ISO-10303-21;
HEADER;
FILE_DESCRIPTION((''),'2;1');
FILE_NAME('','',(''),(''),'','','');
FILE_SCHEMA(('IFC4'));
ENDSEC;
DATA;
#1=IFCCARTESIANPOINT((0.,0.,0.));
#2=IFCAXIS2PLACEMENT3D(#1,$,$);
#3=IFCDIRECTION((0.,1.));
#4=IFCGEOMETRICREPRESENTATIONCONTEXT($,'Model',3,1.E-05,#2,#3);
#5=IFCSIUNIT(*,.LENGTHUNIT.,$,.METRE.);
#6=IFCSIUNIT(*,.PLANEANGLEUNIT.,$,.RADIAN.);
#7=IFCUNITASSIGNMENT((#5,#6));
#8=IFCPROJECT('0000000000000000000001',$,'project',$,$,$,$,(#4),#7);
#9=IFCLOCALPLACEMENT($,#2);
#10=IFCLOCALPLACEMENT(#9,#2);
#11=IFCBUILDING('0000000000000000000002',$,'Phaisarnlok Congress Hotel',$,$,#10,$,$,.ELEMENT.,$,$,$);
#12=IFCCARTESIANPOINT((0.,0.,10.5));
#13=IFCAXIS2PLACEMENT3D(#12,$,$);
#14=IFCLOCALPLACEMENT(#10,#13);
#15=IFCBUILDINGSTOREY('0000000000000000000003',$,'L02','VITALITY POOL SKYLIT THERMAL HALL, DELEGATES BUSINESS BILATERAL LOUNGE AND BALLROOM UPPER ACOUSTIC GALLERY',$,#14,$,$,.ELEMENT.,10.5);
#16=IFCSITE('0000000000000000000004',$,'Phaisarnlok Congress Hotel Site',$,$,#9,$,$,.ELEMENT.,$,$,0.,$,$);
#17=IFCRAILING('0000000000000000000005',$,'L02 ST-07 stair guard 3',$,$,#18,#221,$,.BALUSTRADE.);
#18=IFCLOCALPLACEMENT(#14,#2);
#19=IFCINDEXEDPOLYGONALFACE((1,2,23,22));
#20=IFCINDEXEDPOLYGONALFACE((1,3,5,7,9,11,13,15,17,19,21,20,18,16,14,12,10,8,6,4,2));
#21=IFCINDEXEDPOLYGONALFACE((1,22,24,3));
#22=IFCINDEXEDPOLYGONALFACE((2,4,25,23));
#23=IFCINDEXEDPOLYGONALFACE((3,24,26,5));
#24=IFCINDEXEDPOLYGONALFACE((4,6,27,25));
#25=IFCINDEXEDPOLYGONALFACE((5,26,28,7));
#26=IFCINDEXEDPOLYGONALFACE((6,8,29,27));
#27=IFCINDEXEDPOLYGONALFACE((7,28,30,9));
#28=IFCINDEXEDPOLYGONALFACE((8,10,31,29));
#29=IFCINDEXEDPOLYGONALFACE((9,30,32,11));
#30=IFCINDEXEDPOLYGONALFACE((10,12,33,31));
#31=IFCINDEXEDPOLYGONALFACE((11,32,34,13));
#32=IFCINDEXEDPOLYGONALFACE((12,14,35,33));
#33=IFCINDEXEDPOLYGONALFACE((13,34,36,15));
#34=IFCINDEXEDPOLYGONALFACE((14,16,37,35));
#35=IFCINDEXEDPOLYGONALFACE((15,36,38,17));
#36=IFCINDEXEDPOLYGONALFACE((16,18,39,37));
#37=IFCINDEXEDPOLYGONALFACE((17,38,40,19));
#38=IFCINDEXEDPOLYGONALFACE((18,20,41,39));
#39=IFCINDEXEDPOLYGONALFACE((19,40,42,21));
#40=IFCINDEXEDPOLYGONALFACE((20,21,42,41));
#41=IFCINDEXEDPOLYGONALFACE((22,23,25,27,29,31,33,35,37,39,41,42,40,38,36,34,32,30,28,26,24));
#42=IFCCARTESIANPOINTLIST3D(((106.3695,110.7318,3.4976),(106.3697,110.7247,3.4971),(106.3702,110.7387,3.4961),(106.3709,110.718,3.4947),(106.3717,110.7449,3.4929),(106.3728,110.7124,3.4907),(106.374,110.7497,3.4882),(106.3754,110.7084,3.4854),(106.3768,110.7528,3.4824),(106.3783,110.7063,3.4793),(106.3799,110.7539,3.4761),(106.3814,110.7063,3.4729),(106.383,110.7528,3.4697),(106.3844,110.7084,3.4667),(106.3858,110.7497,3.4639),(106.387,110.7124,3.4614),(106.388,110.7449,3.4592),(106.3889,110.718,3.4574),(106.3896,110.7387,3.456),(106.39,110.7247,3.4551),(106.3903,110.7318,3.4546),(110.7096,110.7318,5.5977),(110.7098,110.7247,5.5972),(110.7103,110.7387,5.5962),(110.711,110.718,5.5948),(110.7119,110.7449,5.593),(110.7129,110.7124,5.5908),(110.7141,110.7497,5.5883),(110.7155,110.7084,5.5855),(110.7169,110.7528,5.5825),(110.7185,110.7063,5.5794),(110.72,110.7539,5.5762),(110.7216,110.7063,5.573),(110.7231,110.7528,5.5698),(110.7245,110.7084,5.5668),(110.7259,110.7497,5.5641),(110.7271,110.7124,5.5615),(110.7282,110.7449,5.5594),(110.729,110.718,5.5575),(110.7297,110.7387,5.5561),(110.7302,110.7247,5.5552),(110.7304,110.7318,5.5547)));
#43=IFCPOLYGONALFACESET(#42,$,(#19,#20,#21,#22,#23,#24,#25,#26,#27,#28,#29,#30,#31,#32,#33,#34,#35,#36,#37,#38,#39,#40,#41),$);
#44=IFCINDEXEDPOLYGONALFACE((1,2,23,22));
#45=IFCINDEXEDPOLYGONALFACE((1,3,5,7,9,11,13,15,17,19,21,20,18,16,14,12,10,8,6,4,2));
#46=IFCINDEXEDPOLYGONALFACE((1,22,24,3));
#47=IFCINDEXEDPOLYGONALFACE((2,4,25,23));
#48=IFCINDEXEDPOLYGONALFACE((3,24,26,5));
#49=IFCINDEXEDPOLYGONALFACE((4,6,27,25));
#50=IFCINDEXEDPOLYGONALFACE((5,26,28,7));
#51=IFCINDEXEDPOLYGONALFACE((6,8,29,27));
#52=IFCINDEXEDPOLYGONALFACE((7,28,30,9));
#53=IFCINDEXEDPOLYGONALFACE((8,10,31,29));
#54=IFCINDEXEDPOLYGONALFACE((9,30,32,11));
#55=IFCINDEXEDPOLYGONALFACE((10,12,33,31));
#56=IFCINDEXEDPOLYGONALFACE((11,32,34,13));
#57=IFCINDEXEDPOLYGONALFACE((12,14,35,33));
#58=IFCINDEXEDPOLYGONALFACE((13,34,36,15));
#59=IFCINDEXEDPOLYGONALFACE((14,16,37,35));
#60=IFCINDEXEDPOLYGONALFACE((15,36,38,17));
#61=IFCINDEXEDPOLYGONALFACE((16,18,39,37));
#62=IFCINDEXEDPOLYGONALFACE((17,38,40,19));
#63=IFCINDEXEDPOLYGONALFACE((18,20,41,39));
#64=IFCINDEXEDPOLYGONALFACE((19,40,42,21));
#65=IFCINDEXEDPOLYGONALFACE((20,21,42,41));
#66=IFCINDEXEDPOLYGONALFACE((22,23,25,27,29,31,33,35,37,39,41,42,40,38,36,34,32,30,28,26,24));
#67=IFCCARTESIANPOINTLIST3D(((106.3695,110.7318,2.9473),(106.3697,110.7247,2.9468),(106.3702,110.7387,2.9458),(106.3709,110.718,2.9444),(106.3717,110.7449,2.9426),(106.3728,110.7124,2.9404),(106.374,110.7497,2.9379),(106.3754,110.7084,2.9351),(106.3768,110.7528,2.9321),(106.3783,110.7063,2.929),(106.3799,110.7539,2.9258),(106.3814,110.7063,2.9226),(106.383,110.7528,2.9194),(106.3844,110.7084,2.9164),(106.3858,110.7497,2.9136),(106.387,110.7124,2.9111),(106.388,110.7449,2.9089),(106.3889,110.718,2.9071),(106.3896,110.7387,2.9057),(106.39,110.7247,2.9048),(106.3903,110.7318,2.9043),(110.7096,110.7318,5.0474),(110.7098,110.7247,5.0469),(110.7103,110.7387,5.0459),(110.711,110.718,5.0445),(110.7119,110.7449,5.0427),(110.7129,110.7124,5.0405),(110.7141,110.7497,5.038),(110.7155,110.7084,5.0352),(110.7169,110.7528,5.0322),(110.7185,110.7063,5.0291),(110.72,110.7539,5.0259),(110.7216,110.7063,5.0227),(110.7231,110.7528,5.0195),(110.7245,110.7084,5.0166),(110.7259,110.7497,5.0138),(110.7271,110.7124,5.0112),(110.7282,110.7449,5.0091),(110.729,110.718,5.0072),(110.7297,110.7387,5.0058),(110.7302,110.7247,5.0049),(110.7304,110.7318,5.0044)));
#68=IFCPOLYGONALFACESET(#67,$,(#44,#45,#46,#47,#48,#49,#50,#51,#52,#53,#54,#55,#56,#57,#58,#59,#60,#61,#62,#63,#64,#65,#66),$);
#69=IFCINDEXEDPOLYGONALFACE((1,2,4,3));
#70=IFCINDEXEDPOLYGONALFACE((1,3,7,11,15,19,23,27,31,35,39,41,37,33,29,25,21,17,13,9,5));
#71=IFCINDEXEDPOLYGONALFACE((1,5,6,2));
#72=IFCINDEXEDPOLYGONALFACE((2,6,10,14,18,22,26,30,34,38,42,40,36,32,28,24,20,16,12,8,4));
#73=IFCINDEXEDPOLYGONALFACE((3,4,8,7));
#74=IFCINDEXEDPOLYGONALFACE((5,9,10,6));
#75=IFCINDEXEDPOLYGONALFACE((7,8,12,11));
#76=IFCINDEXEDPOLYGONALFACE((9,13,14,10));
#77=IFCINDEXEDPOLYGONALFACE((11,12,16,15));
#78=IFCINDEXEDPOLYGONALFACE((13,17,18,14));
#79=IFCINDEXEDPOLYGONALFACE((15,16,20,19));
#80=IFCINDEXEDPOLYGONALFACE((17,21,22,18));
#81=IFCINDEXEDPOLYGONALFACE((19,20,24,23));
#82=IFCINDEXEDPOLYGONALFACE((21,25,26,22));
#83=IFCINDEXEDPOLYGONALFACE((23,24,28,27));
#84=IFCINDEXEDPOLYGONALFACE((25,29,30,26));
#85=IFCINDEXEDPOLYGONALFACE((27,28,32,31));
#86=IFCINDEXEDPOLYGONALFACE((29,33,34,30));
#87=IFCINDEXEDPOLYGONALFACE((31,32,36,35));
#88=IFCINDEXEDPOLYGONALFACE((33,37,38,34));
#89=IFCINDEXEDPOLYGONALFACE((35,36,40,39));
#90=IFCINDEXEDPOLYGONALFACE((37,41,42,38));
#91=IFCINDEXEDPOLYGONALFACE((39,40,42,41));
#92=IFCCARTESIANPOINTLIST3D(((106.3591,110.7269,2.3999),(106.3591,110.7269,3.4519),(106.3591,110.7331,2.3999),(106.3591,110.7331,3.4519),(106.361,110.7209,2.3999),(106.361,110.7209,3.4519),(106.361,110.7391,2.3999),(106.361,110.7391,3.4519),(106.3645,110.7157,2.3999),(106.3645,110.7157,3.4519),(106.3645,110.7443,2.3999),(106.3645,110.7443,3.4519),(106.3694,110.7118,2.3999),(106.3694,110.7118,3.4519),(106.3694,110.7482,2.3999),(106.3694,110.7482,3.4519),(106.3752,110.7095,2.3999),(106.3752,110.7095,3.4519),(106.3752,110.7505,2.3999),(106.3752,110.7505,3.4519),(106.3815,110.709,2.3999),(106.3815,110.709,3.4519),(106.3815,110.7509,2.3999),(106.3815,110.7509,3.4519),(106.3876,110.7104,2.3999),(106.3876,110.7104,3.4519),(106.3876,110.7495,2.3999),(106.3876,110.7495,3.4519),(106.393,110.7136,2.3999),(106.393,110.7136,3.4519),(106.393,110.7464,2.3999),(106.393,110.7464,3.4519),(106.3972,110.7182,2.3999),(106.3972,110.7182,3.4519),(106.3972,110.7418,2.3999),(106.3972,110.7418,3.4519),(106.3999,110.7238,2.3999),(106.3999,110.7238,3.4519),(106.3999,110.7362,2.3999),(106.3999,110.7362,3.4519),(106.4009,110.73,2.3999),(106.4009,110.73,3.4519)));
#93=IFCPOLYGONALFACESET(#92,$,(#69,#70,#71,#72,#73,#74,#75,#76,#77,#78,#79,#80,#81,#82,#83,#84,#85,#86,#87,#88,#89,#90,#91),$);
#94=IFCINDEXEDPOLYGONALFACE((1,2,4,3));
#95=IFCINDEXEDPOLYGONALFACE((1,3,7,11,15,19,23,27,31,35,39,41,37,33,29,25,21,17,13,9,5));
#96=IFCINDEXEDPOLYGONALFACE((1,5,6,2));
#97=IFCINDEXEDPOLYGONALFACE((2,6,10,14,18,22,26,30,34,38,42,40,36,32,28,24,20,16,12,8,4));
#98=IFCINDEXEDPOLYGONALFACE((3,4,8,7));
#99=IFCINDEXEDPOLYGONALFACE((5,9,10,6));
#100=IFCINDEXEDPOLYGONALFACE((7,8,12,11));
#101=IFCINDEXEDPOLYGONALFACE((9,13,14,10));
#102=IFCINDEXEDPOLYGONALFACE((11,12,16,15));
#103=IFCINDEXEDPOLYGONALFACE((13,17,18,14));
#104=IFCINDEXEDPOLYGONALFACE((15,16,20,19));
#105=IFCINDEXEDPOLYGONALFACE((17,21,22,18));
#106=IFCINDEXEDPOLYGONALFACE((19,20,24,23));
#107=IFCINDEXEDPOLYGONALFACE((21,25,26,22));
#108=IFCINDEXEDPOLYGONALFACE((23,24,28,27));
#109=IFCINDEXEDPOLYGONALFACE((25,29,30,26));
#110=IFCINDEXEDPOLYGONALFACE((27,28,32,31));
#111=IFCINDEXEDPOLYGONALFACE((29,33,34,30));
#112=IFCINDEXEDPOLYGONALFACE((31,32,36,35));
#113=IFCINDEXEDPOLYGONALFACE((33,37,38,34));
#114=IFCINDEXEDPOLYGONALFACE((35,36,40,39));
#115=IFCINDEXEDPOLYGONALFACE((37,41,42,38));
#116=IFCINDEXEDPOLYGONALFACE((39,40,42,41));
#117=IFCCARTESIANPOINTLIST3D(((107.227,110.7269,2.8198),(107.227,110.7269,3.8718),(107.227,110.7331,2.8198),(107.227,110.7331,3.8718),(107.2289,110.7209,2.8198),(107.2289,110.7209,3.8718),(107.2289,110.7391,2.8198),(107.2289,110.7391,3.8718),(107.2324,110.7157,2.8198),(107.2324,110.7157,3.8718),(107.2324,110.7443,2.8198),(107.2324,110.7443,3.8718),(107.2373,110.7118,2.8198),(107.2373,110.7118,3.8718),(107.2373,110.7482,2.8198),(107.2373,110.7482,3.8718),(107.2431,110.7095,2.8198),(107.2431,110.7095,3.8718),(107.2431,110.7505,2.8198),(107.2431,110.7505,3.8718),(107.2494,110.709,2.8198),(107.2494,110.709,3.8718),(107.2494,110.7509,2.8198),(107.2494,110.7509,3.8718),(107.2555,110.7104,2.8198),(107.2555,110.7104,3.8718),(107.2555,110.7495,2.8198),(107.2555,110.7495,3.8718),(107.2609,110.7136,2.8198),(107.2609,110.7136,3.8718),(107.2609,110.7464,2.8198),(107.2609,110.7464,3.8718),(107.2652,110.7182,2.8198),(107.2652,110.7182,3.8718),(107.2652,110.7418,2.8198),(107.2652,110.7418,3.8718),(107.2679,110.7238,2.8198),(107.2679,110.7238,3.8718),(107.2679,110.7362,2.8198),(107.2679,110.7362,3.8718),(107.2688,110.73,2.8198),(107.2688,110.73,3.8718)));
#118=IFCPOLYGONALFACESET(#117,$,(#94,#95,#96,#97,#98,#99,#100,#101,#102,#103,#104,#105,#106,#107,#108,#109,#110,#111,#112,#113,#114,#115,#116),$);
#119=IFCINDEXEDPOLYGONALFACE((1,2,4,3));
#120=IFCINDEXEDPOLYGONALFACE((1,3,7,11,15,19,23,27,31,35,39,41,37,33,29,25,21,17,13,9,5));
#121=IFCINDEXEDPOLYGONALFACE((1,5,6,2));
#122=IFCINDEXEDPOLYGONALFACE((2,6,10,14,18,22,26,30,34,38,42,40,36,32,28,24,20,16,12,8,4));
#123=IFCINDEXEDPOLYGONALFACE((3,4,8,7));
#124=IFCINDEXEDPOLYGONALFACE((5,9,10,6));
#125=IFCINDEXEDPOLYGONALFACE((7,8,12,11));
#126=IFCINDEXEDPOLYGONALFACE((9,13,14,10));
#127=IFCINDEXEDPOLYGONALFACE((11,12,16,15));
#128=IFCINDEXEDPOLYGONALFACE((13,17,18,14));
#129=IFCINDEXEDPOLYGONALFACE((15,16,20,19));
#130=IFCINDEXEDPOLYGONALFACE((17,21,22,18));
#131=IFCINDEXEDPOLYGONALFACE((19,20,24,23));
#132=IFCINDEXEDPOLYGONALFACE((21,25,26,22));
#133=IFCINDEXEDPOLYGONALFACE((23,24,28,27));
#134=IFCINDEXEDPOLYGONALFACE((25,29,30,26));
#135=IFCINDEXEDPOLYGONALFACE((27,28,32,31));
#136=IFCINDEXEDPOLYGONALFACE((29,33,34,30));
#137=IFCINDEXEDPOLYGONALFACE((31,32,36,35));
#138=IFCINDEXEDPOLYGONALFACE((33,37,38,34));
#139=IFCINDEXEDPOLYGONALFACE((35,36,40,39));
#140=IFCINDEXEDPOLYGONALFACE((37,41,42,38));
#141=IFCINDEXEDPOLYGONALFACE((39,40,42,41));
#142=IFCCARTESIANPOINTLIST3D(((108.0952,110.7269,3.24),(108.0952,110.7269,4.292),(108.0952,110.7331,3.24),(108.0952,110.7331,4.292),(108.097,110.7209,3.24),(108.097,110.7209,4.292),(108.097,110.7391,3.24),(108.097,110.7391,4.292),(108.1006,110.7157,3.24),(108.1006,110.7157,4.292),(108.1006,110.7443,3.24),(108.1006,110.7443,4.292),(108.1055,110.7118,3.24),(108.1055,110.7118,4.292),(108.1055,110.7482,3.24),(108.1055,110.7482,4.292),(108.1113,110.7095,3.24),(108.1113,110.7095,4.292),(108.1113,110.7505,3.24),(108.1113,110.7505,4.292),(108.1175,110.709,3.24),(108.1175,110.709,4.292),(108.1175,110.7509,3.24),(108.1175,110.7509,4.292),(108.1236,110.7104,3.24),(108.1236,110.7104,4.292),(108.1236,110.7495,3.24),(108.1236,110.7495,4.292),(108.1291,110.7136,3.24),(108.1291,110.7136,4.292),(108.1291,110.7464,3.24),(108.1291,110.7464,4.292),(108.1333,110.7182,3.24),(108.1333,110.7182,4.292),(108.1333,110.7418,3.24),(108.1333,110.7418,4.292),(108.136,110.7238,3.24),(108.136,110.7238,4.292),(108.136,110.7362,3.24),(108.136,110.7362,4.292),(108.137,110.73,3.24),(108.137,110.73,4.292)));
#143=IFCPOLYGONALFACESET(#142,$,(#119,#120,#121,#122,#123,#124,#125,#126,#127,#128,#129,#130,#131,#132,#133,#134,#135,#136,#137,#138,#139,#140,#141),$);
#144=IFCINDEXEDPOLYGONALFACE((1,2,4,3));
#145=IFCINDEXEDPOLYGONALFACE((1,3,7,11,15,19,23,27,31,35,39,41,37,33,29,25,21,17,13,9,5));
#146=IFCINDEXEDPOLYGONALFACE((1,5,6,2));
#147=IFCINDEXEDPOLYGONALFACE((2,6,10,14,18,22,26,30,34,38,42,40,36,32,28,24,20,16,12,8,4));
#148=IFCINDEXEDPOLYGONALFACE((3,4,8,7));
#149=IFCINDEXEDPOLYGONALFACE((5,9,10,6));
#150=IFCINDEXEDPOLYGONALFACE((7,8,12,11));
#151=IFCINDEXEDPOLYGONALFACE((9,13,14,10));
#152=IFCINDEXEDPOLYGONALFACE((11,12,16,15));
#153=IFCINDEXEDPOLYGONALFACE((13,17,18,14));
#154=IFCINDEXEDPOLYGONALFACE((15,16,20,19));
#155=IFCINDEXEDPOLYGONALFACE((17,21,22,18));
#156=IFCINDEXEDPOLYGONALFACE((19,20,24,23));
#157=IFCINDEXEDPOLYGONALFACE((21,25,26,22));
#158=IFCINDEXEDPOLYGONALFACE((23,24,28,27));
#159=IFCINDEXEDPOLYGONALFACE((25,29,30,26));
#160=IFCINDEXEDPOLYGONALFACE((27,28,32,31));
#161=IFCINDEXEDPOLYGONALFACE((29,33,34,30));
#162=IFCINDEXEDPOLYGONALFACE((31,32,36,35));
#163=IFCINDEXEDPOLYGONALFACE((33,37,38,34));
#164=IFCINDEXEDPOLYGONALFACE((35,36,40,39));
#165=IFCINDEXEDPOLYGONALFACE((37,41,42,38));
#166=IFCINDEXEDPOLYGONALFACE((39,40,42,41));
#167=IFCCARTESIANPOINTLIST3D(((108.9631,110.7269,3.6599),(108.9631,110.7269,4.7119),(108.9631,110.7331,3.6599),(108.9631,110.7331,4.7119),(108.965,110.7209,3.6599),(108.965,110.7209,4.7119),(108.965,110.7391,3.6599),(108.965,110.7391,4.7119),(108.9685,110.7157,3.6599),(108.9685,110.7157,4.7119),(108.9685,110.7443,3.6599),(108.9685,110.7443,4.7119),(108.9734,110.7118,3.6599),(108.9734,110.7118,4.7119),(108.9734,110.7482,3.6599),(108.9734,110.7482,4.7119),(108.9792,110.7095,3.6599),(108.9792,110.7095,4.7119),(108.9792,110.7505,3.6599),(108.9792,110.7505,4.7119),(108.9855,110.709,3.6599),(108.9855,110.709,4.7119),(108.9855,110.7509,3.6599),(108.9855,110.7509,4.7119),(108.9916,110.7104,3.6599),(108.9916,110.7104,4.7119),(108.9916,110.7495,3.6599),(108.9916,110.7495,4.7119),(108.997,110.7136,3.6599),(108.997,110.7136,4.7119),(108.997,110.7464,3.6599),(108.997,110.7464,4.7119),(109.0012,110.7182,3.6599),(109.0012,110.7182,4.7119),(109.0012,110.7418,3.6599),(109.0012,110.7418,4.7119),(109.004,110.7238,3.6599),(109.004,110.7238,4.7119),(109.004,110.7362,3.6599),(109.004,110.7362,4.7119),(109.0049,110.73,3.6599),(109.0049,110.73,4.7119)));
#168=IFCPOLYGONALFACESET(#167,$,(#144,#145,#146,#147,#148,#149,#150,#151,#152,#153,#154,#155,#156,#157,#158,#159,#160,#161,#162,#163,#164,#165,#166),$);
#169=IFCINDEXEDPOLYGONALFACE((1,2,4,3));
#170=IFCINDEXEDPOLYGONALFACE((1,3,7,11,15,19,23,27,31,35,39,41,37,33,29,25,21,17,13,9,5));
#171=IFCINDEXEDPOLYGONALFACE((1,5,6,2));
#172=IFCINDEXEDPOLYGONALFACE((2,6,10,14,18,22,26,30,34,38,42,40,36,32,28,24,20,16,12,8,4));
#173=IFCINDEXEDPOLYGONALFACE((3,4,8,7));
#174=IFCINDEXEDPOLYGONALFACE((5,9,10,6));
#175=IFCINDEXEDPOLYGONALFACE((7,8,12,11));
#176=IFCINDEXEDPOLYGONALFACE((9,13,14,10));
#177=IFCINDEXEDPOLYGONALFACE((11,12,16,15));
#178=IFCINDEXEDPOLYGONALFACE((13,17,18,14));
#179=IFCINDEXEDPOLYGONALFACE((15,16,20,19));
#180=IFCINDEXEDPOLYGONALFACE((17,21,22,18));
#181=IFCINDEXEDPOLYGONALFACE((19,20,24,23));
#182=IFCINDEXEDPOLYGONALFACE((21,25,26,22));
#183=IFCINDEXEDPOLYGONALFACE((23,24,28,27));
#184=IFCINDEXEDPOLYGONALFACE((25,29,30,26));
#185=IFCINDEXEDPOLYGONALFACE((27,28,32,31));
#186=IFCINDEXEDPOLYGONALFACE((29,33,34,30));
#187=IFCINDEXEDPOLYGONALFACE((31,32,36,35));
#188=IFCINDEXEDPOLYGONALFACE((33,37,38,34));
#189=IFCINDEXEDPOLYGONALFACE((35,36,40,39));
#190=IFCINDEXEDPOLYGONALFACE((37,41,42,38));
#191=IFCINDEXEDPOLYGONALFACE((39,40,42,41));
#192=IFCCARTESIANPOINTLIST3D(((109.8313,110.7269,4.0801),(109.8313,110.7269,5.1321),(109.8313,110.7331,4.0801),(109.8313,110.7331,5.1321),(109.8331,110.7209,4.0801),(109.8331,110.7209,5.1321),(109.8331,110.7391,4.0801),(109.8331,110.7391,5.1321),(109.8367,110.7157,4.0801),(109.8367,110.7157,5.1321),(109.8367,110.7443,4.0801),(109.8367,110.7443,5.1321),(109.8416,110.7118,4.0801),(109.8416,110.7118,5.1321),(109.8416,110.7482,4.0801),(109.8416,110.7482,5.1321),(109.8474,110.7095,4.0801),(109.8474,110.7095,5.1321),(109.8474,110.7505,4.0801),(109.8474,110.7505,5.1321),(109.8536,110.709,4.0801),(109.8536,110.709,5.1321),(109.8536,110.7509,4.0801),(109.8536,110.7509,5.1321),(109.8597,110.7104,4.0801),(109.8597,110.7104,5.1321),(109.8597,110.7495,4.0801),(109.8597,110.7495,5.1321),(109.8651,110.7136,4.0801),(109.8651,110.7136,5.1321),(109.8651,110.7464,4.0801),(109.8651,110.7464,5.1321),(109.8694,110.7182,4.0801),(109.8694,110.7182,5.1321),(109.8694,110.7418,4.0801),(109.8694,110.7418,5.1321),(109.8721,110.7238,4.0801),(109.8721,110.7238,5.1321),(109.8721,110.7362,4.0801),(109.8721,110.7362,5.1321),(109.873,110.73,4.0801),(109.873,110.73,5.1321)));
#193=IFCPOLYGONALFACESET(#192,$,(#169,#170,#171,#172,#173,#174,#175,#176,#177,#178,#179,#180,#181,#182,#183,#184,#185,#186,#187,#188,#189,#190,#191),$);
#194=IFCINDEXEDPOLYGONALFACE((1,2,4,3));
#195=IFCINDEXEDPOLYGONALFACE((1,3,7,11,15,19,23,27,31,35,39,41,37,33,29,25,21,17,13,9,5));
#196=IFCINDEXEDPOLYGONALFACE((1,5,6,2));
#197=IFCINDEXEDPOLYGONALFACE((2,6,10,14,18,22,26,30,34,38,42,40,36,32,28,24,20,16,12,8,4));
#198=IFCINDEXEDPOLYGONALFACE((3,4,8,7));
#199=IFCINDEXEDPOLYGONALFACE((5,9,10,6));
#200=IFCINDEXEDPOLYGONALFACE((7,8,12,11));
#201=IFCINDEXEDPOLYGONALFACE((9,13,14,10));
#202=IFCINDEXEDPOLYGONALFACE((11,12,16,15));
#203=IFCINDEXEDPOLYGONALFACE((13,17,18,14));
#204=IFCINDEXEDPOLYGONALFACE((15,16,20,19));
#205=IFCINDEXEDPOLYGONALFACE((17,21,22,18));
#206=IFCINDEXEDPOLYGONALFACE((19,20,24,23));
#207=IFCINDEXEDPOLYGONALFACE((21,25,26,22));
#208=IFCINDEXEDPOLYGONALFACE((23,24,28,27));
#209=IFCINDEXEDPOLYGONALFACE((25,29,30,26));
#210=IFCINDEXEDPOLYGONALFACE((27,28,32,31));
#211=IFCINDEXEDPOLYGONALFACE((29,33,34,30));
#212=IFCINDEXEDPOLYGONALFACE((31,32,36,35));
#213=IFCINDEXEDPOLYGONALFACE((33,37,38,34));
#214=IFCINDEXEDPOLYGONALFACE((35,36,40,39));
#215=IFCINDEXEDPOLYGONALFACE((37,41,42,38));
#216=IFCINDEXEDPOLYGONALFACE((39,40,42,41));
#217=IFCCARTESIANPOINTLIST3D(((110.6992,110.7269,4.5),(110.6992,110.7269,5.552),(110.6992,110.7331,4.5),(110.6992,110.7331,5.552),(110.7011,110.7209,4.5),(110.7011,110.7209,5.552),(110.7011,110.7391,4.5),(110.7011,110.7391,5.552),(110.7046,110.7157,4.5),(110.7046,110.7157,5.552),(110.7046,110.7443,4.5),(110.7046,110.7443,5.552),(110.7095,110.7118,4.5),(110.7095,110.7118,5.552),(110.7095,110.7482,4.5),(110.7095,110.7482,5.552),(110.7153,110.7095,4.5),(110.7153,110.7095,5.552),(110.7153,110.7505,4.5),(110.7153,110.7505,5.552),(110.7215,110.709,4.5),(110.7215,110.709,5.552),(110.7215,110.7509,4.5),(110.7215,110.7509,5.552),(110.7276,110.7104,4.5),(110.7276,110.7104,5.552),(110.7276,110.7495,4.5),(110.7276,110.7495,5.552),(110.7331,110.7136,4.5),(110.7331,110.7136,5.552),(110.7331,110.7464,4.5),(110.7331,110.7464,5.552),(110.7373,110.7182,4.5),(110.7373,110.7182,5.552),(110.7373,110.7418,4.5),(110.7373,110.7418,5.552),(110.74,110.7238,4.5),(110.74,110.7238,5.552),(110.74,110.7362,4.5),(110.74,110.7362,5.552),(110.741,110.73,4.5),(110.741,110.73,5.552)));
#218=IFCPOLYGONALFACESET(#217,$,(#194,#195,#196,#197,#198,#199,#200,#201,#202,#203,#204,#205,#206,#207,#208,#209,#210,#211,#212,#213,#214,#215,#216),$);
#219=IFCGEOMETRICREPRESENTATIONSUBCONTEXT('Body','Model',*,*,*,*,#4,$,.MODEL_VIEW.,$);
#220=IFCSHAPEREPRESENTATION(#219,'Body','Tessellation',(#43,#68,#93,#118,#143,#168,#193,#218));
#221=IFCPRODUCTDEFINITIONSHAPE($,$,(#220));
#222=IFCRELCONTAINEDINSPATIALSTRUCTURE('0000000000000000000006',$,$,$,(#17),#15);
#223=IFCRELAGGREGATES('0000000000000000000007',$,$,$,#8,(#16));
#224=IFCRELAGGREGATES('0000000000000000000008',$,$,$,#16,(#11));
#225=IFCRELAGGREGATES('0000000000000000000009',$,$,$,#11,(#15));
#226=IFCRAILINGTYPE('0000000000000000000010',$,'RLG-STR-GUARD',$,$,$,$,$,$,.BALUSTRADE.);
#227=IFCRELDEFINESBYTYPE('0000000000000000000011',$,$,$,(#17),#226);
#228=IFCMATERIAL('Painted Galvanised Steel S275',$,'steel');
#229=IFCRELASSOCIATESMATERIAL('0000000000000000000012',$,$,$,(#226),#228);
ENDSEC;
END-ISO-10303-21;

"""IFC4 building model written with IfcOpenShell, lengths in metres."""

from ifc_helpers import new_model, si_unit, direction, frame, origin, origin_2d, place, context, subcontext, project, spatial, circle, extrude, material, type_object, element, save


model = new_model("IFC4")

# Units and contexts
model_context = context("Model", 3, precision=1e-05, world=origin(), true_north=direction((0.0, 1.0)))
body_context = subcontext(model_context, "Body", "Model", "MODEL_VIEW")
ifc_project = project(units=[si_unit("LENGTHUNIT", "METRE"), si_unit("PLANEANGLEUNIT", "RADIAN")], contexts=[model_context])

# Site, building, storey
site_placement = place(None, origin())
site = spatial("IfcSite", under=ifc_project, at=site_placement, Name="Phaisarnlok Congress Hotel Site", CompositionType="ELEMENT", RefElevation=0.0)
building_placement = place(site_placement, origin())
building = spatial("IfcBuilding", under=site, at=building_placement, Name="Phaisarnlok Congress Hotel", CompositionType="ELEMENT")
storey_placement = place(building_placement, frame((0.0, 0.0, 10.5)))
storey = spatial("IfcBuildingStorey", under=building, at=storey_placement, Name="L02", Description="VITALITY POOL SKYLIT THERMAL HALL, DELEGATES BUSINESS BILATERAL LOUNGE AND BALLROOM UPPER ACOUSTIC GALLERY", CompositionType="ELEMENT", Elevation=10.5)

# Railing
ifc_material_1 = material(Name="Painted Galvanised Steel S275", Category="steel")
railing_type_1 = type_object("IfcRailingType", Name="RLG-STR-GUARD", PredefinedType="BALUSTRADE", material=ifc_material_1)
railing_1_placement = place(storey_placement, frame((106.3799, 110.73, 2.3999)))
element("IfcRailing", 1, at=railing_1_placement, inside=storey, type_object=railing_type_1, Name="L02 ST-07 stair guard 3", PredefinedType="BALUSTRADE", context=body_context, shape_type="SweptSolid", body=[
    extrude(circle(Radius=0.0239, at=origin_2d()), frame((0.0, 0.0, 1.0762), z_axis=(0.900155, 0.0, 0.43557), x_axis=(0.0, 1.0, 0.0)), (0.0, 0.0, 1.0), 4.8215),
    extrude(circle(Radius=0.0239, at=origin_2d()), frame((0.0, 0.0, 0.5259), z_axis=(0.900155, 0.0, 0.43557), x_axis=(0.0, 1.0, 0.0)), (0.0, 0.0, 1.0), 4.8215),
    extrude(circle(Radius=0.021, at=origin_2d()), origin(), (0.0, 0.0, 1.0), 1.052),
    extrude(circle(Radius=0.021, at=origin_2d()), frame((0.8679, 0.0, 0.4199)), (0.0, 0.0, 1.0), 1.052),
    extrude(circle(Radius=0.021, at=origin_2d()), frame((1.7361, 0.0, 0.8401)), (0.0, 0.0, 1.0), 1.052),
    extrude(circle(Radius=0.021, at=origin_2d()), frame((2.604, 0.0, 1.26)), (0.0, 0.0, 1.0), 1.052),
    extrude(circle(Radius=0.021, at=origin_2d()), frame((3.4722, 0.0, 1.6802)), (0.0, 0.0, 1.0), 1.052),
    extrude(circle(Radius=0.021, at=origin_2d()), frame((4.3401, 0.0, 2.1001)), (0.0, 0.0, 1.0), 1.052),
])

save(model, "model.ifc")
